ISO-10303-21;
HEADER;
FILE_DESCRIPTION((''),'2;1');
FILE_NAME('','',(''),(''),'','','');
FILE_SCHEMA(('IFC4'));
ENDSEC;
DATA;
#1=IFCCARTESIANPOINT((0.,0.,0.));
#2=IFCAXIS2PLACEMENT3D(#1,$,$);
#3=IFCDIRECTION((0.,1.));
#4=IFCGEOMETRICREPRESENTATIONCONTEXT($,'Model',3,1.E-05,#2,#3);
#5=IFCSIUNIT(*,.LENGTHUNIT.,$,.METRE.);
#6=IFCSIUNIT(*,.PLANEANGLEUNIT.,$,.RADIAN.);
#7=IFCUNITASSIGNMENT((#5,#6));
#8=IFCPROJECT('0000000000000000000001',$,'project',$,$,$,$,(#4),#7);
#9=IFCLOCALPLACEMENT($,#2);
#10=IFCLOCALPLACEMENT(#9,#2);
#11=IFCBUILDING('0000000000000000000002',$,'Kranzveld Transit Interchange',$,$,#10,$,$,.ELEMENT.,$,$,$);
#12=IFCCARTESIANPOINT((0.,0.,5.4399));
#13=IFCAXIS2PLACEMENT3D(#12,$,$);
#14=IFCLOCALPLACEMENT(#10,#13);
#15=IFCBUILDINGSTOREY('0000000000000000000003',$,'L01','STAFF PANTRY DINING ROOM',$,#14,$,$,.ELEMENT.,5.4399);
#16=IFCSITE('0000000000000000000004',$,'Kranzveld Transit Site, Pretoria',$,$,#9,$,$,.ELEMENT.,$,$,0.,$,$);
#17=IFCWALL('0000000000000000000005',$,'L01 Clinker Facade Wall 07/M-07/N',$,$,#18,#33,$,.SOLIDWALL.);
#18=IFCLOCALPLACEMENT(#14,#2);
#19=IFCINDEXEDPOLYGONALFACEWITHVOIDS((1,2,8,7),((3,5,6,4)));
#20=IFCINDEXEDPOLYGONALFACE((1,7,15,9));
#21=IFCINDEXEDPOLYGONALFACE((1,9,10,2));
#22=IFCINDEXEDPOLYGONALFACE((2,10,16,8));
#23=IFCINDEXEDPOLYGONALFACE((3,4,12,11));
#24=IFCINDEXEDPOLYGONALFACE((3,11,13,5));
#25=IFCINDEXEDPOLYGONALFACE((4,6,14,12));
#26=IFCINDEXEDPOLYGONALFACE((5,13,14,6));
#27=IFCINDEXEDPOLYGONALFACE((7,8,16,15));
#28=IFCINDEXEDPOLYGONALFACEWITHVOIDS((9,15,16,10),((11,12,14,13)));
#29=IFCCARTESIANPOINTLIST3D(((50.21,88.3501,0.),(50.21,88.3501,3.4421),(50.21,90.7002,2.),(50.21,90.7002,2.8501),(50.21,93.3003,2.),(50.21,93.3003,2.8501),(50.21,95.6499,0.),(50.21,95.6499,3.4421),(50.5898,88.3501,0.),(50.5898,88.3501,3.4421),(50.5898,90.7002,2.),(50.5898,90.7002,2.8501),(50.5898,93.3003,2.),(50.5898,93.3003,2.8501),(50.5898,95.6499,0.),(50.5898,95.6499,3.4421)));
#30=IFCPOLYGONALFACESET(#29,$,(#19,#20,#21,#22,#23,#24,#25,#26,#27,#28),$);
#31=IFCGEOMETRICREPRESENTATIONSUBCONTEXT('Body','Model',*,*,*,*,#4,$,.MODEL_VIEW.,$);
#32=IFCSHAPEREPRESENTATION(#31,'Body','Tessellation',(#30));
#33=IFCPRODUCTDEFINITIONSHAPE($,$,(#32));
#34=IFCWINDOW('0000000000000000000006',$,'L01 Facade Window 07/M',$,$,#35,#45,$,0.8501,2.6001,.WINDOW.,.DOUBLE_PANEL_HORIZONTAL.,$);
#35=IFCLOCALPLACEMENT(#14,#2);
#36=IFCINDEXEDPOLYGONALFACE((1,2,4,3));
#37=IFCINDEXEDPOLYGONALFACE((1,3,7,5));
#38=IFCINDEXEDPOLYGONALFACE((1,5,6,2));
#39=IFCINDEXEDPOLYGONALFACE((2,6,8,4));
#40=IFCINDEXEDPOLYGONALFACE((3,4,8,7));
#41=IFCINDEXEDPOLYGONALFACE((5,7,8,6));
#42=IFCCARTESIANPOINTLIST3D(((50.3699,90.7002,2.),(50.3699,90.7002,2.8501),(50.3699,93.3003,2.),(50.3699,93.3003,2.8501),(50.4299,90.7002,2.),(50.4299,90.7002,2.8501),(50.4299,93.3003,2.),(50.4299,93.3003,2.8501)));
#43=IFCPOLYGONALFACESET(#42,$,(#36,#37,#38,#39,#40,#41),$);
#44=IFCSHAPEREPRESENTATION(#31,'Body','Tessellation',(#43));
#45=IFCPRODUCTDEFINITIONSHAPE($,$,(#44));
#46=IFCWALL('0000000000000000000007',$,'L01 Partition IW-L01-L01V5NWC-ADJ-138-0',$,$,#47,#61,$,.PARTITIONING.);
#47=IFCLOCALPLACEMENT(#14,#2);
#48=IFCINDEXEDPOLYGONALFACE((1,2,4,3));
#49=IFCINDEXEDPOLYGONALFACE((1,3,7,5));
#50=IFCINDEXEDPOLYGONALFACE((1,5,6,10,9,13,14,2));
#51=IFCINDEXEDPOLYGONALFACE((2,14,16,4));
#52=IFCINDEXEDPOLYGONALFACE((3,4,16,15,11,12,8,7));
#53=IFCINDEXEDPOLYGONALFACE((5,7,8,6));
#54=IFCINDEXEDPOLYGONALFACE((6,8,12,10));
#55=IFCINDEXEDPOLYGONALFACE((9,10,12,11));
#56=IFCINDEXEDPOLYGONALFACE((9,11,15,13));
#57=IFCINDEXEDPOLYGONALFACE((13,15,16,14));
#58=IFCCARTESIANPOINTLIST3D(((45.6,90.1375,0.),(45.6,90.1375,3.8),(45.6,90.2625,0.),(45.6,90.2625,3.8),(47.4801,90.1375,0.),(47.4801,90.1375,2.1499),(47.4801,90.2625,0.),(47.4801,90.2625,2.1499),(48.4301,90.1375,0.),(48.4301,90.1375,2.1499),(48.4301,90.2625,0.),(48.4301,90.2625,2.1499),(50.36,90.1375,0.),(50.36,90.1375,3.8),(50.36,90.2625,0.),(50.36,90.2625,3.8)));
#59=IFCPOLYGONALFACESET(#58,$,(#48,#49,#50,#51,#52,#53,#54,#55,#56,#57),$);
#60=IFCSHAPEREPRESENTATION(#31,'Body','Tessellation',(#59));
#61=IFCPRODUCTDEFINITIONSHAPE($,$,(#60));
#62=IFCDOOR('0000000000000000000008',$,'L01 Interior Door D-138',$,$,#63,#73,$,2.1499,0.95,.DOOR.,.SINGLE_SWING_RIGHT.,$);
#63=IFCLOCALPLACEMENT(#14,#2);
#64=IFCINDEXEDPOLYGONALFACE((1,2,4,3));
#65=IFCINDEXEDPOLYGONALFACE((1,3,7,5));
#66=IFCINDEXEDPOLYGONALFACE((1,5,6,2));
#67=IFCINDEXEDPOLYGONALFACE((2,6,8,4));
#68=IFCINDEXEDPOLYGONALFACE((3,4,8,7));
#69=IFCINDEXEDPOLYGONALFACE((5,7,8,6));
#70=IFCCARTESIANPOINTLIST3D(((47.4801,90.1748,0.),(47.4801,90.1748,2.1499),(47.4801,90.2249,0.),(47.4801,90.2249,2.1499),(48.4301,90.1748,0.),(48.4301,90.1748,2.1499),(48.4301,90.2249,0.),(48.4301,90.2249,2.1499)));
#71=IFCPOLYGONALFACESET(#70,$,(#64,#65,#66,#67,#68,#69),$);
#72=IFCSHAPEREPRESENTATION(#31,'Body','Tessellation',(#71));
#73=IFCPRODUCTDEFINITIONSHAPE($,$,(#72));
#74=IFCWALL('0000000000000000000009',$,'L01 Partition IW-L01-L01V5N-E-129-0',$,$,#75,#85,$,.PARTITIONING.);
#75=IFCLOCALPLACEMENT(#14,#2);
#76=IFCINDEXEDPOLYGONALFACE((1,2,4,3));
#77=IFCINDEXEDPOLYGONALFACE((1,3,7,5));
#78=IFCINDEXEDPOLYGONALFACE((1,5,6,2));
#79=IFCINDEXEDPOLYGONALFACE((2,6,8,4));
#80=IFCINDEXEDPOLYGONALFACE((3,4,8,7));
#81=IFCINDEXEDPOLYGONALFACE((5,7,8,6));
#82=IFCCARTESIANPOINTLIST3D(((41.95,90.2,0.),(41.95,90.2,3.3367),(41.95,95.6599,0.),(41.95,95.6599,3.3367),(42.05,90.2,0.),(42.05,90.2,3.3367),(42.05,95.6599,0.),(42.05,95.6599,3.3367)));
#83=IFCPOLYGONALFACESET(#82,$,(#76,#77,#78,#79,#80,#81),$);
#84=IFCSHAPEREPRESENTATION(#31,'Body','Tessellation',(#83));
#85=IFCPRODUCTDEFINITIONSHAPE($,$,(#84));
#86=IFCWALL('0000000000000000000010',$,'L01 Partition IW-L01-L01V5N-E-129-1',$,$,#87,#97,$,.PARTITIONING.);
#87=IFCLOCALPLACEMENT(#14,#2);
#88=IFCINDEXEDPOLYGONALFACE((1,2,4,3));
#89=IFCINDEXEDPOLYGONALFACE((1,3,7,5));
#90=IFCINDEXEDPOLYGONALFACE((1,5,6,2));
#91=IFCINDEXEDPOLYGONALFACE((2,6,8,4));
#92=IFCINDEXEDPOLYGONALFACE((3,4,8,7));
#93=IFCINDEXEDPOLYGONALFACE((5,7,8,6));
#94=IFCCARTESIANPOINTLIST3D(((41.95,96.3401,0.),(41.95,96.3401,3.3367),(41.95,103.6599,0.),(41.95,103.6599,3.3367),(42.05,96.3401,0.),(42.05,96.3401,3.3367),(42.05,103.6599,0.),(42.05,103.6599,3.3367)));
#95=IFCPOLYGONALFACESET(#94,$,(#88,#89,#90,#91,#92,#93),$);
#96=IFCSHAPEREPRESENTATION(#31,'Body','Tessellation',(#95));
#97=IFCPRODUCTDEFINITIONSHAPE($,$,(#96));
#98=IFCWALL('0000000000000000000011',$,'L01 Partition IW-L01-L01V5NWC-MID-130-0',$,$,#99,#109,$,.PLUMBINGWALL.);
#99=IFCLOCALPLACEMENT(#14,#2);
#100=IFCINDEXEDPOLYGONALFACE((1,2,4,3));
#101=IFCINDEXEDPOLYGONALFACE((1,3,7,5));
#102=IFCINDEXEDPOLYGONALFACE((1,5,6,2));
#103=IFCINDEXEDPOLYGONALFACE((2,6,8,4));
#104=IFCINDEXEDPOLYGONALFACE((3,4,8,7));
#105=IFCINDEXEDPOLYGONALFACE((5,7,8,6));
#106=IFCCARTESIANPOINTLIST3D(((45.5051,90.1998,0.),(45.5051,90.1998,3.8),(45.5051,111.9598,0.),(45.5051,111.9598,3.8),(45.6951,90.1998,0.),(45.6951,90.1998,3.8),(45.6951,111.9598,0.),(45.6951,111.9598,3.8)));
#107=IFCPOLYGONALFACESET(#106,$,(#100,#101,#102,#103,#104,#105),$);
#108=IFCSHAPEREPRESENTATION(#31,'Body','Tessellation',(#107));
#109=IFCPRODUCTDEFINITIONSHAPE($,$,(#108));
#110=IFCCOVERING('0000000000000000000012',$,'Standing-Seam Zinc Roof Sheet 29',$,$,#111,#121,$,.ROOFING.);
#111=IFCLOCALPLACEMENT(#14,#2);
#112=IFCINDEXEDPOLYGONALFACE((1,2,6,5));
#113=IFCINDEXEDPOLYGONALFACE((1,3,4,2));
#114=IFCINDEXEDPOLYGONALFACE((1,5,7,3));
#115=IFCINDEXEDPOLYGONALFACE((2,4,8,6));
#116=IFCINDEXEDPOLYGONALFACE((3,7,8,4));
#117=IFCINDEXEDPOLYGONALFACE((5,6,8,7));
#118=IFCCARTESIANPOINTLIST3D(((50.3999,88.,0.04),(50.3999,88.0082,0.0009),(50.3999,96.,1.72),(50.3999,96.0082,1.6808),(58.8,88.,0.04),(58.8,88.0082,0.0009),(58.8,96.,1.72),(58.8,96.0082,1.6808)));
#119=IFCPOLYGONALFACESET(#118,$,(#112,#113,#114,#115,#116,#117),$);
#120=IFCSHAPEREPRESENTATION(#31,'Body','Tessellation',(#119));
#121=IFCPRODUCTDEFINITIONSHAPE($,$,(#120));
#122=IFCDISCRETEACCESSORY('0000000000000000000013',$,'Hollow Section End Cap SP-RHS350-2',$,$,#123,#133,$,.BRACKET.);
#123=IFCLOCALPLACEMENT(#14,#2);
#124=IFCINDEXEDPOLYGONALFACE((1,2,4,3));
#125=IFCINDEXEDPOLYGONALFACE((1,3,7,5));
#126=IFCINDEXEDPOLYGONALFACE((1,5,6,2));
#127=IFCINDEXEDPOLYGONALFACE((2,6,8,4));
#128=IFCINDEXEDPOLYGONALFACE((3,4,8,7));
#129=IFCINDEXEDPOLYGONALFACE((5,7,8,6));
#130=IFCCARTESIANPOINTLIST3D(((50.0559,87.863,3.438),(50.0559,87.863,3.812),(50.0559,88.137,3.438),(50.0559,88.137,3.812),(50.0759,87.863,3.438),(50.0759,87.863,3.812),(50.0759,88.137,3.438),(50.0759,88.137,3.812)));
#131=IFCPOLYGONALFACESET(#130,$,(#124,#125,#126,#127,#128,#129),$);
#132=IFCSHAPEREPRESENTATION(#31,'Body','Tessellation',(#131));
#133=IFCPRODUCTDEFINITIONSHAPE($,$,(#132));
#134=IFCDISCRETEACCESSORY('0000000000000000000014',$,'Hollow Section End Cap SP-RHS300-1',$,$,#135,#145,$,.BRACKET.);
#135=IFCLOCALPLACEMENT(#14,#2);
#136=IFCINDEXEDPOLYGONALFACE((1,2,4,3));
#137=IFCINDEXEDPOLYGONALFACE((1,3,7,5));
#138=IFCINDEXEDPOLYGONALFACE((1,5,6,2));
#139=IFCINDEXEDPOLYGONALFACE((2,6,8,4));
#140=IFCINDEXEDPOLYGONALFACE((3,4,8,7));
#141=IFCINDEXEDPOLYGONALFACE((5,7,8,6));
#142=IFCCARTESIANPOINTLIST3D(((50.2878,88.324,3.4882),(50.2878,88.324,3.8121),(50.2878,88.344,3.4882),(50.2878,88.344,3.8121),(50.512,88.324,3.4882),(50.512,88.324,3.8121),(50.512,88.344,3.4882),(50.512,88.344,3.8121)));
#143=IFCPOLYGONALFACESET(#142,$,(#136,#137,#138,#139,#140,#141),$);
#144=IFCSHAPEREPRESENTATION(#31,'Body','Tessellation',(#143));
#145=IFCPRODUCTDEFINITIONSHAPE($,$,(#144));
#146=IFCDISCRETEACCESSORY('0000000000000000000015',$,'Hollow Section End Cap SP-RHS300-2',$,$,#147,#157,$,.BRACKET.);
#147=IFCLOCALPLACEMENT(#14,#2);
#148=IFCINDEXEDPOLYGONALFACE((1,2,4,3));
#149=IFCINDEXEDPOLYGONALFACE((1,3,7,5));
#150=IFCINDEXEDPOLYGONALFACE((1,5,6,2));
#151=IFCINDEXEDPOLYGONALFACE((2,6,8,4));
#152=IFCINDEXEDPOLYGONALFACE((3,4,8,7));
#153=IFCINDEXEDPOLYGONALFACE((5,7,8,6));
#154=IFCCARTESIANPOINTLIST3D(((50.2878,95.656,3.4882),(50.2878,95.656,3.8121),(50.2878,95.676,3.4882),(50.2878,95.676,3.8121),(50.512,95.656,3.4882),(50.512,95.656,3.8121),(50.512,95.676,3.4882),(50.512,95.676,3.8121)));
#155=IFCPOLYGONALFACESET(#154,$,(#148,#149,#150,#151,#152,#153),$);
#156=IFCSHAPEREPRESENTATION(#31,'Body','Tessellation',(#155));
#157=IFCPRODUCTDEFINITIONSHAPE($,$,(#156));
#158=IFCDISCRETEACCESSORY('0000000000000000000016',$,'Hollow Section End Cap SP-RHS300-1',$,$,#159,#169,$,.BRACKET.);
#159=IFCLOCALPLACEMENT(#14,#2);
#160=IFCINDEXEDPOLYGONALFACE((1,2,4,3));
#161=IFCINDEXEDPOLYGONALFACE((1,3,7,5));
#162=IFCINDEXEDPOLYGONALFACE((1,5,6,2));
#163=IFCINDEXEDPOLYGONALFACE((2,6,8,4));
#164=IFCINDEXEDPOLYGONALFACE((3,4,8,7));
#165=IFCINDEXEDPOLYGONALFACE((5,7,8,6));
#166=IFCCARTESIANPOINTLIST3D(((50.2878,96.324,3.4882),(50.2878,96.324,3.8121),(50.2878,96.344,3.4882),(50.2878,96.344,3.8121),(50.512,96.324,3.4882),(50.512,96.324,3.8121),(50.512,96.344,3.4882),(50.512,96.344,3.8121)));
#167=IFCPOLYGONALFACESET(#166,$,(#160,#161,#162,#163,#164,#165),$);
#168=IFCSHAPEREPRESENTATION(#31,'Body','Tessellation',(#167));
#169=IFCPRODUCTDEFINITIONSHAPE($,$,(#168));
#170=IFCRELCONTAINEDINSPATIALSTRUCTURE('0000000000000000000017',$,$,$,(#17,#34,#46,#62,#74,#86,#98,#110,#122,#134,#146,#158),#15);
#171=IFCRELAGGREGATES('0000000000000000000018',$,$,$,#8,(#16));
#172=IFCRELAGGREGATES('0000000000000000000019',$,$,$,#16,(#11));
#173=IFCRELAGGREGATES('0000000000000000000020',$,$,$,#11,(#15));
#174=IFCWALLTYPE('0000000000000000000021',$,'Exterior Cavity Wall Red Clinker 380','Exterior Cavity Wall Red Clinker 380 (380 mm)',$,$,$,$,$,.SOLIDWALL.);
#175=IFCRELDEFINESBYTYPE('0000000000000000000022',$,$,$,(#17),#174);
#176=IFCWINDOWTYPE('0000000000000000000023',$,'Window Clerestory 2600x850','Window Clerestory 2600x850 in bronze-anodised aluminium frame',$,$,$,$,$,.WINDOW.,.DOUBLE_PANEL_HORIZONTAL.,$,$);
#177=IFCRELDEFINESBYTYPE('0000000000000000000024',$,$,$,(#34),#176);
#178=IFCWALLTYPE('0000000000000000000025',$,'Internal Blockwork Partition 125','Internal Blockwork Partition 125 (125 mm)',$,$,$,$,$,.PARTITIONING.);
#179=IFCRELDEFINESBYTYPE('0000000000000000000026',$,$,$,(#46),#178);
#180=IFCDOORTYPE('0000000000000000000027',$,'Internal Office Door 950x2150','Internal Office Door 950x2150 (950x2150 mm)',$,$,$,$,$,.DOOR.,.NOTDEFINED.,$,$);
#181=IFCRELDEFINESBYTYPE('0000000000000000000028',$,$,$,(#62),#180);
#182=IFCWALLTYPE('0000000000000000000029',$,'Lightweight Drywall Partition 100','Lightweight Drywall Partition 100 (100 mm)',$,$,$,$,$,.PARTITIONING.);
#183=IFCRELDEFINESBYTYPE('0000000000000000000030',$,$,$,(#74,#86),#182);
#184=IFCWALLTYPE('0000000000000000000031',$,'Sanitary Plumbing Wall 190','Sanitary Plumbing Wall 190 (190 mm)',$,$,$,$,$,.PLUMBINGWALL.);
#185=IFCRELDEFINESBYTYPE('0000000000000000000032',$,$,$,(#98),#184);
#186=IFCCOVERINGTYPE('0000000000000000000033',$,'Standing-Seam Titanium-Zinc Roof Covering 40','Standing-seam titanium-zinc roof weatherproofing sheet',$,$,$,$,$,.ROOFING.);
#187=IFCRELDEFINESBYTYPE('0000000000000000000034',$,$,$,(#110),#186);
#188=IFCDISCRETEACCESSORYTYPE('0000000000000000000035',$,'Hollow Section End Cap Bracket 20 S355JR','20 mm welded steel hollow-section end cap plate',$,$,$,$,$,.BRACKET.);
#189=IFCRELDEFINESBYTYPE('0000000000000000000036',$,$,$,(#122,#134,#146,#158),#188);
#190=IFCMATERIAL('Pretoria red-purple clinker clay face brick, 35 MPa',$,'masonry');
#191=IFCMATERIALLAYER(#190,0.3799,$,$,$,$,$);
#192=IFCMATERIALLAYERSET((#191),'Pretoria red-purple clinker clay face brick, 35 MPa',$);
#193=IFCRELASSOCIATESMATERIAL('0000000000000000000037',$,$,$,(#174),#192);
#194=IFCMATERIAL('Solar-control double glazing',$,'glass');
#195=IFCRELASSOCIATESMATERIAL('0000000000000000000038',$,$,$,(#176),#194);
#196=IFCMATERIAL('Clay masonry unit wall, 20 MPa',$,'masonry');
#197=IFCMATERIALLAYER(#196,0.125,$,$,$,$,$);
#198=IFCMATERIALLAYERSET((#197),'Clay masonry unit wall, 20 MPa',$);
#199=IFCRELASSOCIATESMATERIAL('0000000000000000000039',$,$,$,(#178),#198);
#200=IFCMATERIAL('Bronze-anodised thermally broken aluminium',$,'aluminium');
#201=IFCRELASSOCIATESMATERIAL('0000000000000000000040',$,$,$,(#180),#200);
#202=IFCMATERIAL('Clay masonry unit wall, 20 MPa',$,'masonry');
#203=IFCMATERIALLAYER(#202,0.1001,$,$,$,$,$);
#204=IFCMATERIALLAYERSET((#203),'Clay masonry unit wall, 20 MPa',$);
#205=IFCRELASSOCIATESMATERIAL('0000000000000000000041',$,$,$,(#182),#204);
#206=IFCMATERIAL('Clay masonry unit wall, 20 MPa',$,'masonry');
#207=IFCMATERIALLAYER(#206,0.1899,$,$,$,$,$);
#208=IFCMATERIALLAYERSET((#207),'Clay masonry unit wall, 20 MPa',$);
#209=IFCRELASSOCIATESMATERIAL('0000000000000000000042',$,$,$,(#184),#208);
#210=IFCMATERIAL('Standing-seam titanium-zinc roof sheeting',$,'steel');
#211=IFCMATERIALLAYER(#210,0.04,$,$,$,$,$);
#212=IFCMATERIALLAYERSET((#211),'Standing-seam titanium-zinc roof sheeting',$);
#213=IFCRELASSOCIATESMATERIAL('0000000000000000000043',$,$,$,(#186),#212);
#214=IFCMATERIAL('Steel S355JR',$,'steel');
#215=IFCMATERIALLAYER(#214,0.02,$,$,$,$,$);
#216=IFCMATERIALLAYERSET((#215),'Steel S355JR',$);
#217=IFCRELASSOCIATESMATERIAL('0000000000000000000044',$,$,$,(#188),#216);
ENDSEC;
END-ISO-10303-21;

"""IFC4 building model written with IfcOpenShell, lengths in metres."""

from ifc_helpers import new_model, si_unit, direction, frame, frame_2d, origin, origin_2d, place, context, subcontext, project, spatial, polyline, rectangle, outline, extrude, material, layer, layer_set, type_object, element, fill, save


model = new_model("IFC4")

# Units and contexts
model_context = context("Model", 3, precision=1e-05, world=origin(), true_north=direction((0.0, 1.0)))
body_context = subcontext(model_context, "Body", "Model", "MODEL_VIEW")
ifc_project = project(units=[si_unit("LENGTHUNIT", "METRE"), si_unit("PLANEANGLEUNIT", "RADIAN")], contexts=[model_context])

# Site, building, storey
site_placement = place(None, origin())
site = spatial("IfcSite", under=ifc_project, at=site_placement, Name="Kranzveld Transit Site, Pretoria", CompositionType="ELEMENT", RefElevation=0.0)
building_placement = place(site_placement, origin())
building = spatial("IfcBuilding", under=site, at=building_placement, Name="Kranzveld Transit Interchange", CompositionType="ELEMENT")
storey_placement = place(building_placement, frame((0.0, 0.0, 5.4399)))
storey = spatial("IfcBuildingStorey", under=building, at=storey_placement, Name="L01", Description="STAFF PANTRY DINING ROOM", CompositionType="ELEMENT", Elevation=5.4399)

# Wall, opening, window
ifc_material_1 = material(Name="Pretoria red-purple clinker clay face brick, 35 MPa", Category="masonry")
ifc_layer_1 = layer(ifc_material_1, 0.3799)
ifc_layer_set_1 = layer_set([ifc_layer_1], Name="Pretoria red-purple clinker clay face brick, 35 MPa")
wall_type_1 = type_object("IfcWallType", Name="Exterior Cavity Wall Red Clinker 380", Description="Exterior Cavity Wall Red Clinker 380 (380 mm)", PredefinedType="SOLIDWALL", material=ifc_layer_set_1)
wall_1_placement = place(storey_placement, frame((50.3999, 88.3501, 0.0), z_axis=(0.0, 0.0, 1.0), x_axis=(0.0, 1.0, 0.0)))
wall_1 = element("IfcWall", 1, at=wall_1_placement, inside=storey, type_object=wall_type_1, Name="L01 Clinker Facade Wall 07/M-07/N", PredefinedType="SOLIDWALL", context=body_context, shape_type="SweptSolid", body=[
    extrude(rectangle(XDim=7.2998, YDim=0.3799, at=frame_2d((3.6499, 0.0))), origin(), (0.0, 0.0, 1.0), 3.4421),
])
opening_1_placement = place(wall_1_placement, frame((2.3501, 0.0, 2.0), z_axis=(0.0, 0.0, 1.0), x_axis=(1.0, 0.0, 0.0)))
opening_1 = element("IfcOpeningElement", 2, at=opening_1_placement, cuts=wall_1, PredefinedType="OPENING", context=body_context, shape_type="SweptSolid", body=[
    extrude(rectangle(XDim=2.6001, YDim=0.8501, at=frame_2d((1.3, 0.425))), frame((0.0, 0.2, 0.0), z_axis=(0.0, -1.0, 0.0), x_axis=(1.0, 0.0, 0.0)), (0.0, 0.0, 1.0), 0.3999),
])
ifc_material_2 = material(Name="Solar-control double glazing", Category="glass")
window_type = type_object("IfcWindowType", Name="Window Clerestory 2600x850", Description="Window Clerestory 2600x850 in bronze-anodised aluminium frame", PartitioningType="DOUBLE_PANEL_HORIZONTAL", PredefinedType="WINDOW", material=ifc_material_2)
window_placement = place(opening_1_placement, origin())
window = element("IfcWindow", 3, at=window_placement, inside=storey, type_object=window_type, Name="L01 Facade Window 07/M", OverallHeight=0.8501, OverallWidth=2.6001, PartitioningType="DOUBLE_PANEL_HORIZONTAL", PredefinedType="WINDOW", context=body_context, shape_type="SweptSolid", body=[
    extrude(rectangle(XDim=2.6001, YDim=0.8501, at=frame_2d((1.3, 0.425))), frame((0.0, 0.03, 0.0), z_axis=(0.0, -1.0, 0.0), x_axis=(1.0, 0.0, 0.0)), (0.0, 0.0, 1.0), 0.0601),
])
fill(opening_1, window)

# Wall, opening, door
ifc_material_3 = material(Name="Clay masonry unit wall, 20 MPa", Category="masonry")
ifc_layer_2 = layer(ifc_material_3, 0.125)
ifc_layer_set_2 = layer_set([ifc_layer_2], Name="Clay masonry unit wall, 20 MPa")
wall_type_2 = type_object("IfcWallType", Name="Internal Blockwork Partition 125", Description="Internal Blockwork Partition 125 (125 mm)", PredefinedType="PARTITIONING", material=ifc_layer_set_2)
wall_2_placement = place(storey_placement, frame((45.6001, 90.2, 0.0), z_axis=(0.0, 0.0, 1.0), x_axis=(1.0, 0.0, 0.0)))
wall_2 = element("IfcWall", 4, at=wall_2_placement, inside=storey, type_object=wall_type_2, Name="L01 Partition IW-L01-L01V5NWC-ADJ-138-0", PredefinedType="PARTITIONING", context=body_context, shape_type="SweptSolid", body=[
    extrude(rectangle(XDim=4.76, YDim=0.125, at=frame_2d((2.3799, 0.0))), origin(), (0.0, 0.0, 1.0), 3.8),
])
opening_2_placement = place(wall_2_placement, frame((1.8799, 0.0, 0.0), z_axis=(0.0, 0.0, 1.0), x_axis=(1.0, 0.0, 0.0)))
opening_2 = element("IfcOpeningElement", 5, at=opening_2_placement, cuts=wall_2, PredefinedType="OPENING", context=body_context, shape_type="SweptSolid", body=[
    extrude(rectangle(XDim=0.95, YDim=2.1499, at=frame_2d((0.4751, 1.075))), frame((0.0, 0.0725, 0.0), z_axis=(0.0, -1.0, 0.0), x_axis=(1.0, 0.0, 0.0)), (0.0, 0.0, 1.0), 0.145),
])
ifc_material_4 = material(Name="Bronze-anodised thermally broken aluminium", Category="aluminium")
door_type_1 = type_object("IfcDoorType", Name="Internal Office Door 950x2150", Description="Internal Office Door 950x2150 (950x2150 mm)", OperationType="NOTDEFINED", PredefinedType="DOOR", material=ifc_material_4)
door_1_placement = place(opening_2_placement, origin())
door_1 = element("IfcDoor", 6, at=door_1_placement, inside=storey, type_object=door_type_1, Name="L01 Interior Door D-138", OperationType="SINGLE_SWING_RIGHT", OverallHeight=2.1499, OverallWidth=0.95, PredefinedType="DOOR", context=body_context, shape_type="SweptSolid", body=[
    extrude(rectangle(XDim=0.95, YDim=2.1499, at=frame_2d((0.4751, 1.075))), frame((0.0, 0.0249, 0.0), z_axis=(0.0, -1.0, 0.0), x_axis=(1.0, 0.0, 0.0)), (0.0, 0.0, 1.0), 0.05),
])
fill(opening_2, door_1)

# Walls
ifc_material_5 = material(Name="Clay masonry unit wall, 20 MPa", Category="masonry")
ifc_layer_3 = layer(ifc_material_5, 0.1001)
ifc_layer_set_3 = layer_set([ifc_layer_3], Name="Clay masonry unit wall, 20 MPa")
wall_type_3 = type_object("IfcWallType", Name="Lightweight Drywall Partition 100", Description="Lightweight Drywall Partition 100 (100 mm)", PredefinedType="PARTITIONING", material=ifc_layer_set_3)
wall_3_placement = place(storey_placement, frame((42.0, 90.2, 0.0), z_axis=(0.0, 0.0, 1.0), x_axis=(0.0, 1.0, 0.0)))
element("IfcWall", 7, at=wall_3_placement, inside=storey, type_object=wall_type_3, Name="L01 Partition IW-L01-L01V5N-E-129-0", PredefinedType="PARTITIONING", context=body_context, shape_type="SweptSolid", body=[
    extrude(rectangle(XDim=5.46, YDim=0.1001, at=frame_2d((2.73, 0.0))), origin(), (0.0, 0.0, 1.0), 3.3367),
])
wall_4_placement = place(storey_placement, frame((42.0, 96.3401, 0.0), z_axis=(0.0, 0.0, 1.0), x_axis=(0.0, 1.0, 0.0)))
element("IfcWall", 8, at=wall_4_placement, inside=storey, type_object=wall_type_3, Name="L01 Partition IW-L01-L01V5N-E-129-1", PredefinedType="PARTITIONING", context=body_context, shape_type="SweptSolid", body=[
    extrude(rectangle(XDim=7.3198, YDim=0.1001, at=frame_2d((3.6599, 0.0))), origin(), (0.0, 0.0, 1.0), 3.3367),
])

# Shared definitions
ifc_material_6 = material(Name="Clay masonry unit wall, 20 MPa", Category="masonry")
ifc_layer_4 = layer(ifc_material_6, 0.1899)
ifc_layer_set_4 = layer_set([ifc_layer_4], Name="Clay masonry unit wall, 20 MPa")
wall_type_4 = type_object("IfcWallType", Name="Sanitary Plumbing Wall 190", Description="Sanitary Plumbing Wall 190 (190 mm)", PredefinedType="PLUMBINGWALL", material=ifc_layer_set_4)

# Wall
wall_5_placement = place(storey_placement, frame((45.6001, 90.2, 0.0), z_axis=(0.0, 0.0, 1.0), x_axis=(0.0, 1.0, 0.0)))
element("IfcWall", 9, at=wall_5_placement, inside=storey, type_object=wall_type_4, Name="L01 Partition IW-L01-L01V5NWC-MID-130-0", PredefinedType="PLUMBINGWALL", context=body_context, shape_type="SweptSolid", body=[
    extrude(rectangle(XDim=21.76, YDim=0.1899, at=frame_2d((10.8799, 0.0))), origin(), (0.0, 0.0, 1.0), 3.8),
])

# Covering
ifc_material_7 = material(Name="Standing-seam titanium-zinc roof sheeting", Category="steel")
ifc_layer_5 = layer(ifc_material_7, 0.04)
ifc_layer_set_5 = layer_set([ifc_layer_5], Name="Standing-seam titanium-zinc roof sheeting")
covering_type = type_object("IfcCoveringType", Name="Standing-Seam Titanium-Zinc Roof Covering 40", Description="Standing-seam titanium-zinc roof weatherproofing sheet", PredefinedType="ROOFING", material=ifc_layer_set_5)
covering_placement = place(storey_placement, frame((50.3999, 88.0, 0.04), z_axis=(0.0, -0.205509, 0.978655), x_axis=(1.0, 0.0, 0.0)))
element("IfcCovering", 10, at=covering_placement, inside=storey, type_object=covering_type, Name="Standing-Seam Zinc Roof Sheet 29", PredefinedType="ROOFING", context=body_context, shape_type="SweptSolid", body=[
    extrude(outline(polyline([(0.0, 0.0), (8.4001, 0.0), (8.4001, 8.1745), (0.0, 8.1745), (0.0, 0.0)])), origin(), (0.0, 0.0, -1.0), 0.04),
])

# Discrete accessories
ifc_material_8 = material(Name="Steel S355JR", Category="steel")
ifc_layer_6 = layer(ifc_material_8, 0.02)
ifc_layer_set_6 = layer_set([ifc_layer_6], Name="Steel S355JR")
discrete_accessory_type = type_object("IfcDiscreteAccessoryType", Name="Hollow Section End Cap Bracket 20 S355JR", Description="20 mm welded steel hollow-section end cap plate", PredefinedType="BRACKET", material=ifc_layer_set_6)
discrete_accessory_1_placement = place(storey_placement, frame((50.0559, 88.0, 3.625), z_axis=(1.0, 0.0, 0.0), x_axis=(0.0, 1.0, 0.0)))
element("IfcDiscreteAccessory", 11, at=discrete_accessory_1_placement, inside=storey, type_object=discrete_accessory_type, Name="Hollow Section End Cap SP-RHS350-2", PredefinedType="BRACKET", context=body_context, shape_type="SweptSolid", body=[
    extrude(rectangle(XDim=0.2739, YDim=0.374, at=origin_2d()), origin(), (0.0, 0.0, 1.0), 0.02),
])
for number, where, z_axis, x_axis, name in (
    (12, (50.3999, 88.344, 3.6501), (0.0, -1.0, 0.0), (1.0, 0.0, 0.0), "Hollow Section End Cap SP-RHS300-1"),
    (13, (50.3999, 95.656, 3.6501), (0.0, 1.0, 0.0), (-1.0, 0.0, 0.0), "Hollow Section End Cap SP-RHS300-2"),
    (14, (50.3999, 96.344, 3.6501), (0.0, -1.0, 0.0), (1.0, 0.0, 0.0), "Hollow Section End Cap SP-RHS300-1"),
):
    element("IfcDiscreteAccessory", number, at=place(storey_placement, frame(where, z_axis=z_axis, x_axis=x_axis)), inside=storey, type_object=discrete_accessory_type, Name=name, PredefinedType="BRACKET", context=body_context, shape_type="SweptSolid", body=[
        extrude(rectangle(XDim=0.2241, YDim=0.324, at=origin_2d()), origin(), (0.0, 0.0, 1.0), 0.02),
    ])

save(model, "model.ifc")
